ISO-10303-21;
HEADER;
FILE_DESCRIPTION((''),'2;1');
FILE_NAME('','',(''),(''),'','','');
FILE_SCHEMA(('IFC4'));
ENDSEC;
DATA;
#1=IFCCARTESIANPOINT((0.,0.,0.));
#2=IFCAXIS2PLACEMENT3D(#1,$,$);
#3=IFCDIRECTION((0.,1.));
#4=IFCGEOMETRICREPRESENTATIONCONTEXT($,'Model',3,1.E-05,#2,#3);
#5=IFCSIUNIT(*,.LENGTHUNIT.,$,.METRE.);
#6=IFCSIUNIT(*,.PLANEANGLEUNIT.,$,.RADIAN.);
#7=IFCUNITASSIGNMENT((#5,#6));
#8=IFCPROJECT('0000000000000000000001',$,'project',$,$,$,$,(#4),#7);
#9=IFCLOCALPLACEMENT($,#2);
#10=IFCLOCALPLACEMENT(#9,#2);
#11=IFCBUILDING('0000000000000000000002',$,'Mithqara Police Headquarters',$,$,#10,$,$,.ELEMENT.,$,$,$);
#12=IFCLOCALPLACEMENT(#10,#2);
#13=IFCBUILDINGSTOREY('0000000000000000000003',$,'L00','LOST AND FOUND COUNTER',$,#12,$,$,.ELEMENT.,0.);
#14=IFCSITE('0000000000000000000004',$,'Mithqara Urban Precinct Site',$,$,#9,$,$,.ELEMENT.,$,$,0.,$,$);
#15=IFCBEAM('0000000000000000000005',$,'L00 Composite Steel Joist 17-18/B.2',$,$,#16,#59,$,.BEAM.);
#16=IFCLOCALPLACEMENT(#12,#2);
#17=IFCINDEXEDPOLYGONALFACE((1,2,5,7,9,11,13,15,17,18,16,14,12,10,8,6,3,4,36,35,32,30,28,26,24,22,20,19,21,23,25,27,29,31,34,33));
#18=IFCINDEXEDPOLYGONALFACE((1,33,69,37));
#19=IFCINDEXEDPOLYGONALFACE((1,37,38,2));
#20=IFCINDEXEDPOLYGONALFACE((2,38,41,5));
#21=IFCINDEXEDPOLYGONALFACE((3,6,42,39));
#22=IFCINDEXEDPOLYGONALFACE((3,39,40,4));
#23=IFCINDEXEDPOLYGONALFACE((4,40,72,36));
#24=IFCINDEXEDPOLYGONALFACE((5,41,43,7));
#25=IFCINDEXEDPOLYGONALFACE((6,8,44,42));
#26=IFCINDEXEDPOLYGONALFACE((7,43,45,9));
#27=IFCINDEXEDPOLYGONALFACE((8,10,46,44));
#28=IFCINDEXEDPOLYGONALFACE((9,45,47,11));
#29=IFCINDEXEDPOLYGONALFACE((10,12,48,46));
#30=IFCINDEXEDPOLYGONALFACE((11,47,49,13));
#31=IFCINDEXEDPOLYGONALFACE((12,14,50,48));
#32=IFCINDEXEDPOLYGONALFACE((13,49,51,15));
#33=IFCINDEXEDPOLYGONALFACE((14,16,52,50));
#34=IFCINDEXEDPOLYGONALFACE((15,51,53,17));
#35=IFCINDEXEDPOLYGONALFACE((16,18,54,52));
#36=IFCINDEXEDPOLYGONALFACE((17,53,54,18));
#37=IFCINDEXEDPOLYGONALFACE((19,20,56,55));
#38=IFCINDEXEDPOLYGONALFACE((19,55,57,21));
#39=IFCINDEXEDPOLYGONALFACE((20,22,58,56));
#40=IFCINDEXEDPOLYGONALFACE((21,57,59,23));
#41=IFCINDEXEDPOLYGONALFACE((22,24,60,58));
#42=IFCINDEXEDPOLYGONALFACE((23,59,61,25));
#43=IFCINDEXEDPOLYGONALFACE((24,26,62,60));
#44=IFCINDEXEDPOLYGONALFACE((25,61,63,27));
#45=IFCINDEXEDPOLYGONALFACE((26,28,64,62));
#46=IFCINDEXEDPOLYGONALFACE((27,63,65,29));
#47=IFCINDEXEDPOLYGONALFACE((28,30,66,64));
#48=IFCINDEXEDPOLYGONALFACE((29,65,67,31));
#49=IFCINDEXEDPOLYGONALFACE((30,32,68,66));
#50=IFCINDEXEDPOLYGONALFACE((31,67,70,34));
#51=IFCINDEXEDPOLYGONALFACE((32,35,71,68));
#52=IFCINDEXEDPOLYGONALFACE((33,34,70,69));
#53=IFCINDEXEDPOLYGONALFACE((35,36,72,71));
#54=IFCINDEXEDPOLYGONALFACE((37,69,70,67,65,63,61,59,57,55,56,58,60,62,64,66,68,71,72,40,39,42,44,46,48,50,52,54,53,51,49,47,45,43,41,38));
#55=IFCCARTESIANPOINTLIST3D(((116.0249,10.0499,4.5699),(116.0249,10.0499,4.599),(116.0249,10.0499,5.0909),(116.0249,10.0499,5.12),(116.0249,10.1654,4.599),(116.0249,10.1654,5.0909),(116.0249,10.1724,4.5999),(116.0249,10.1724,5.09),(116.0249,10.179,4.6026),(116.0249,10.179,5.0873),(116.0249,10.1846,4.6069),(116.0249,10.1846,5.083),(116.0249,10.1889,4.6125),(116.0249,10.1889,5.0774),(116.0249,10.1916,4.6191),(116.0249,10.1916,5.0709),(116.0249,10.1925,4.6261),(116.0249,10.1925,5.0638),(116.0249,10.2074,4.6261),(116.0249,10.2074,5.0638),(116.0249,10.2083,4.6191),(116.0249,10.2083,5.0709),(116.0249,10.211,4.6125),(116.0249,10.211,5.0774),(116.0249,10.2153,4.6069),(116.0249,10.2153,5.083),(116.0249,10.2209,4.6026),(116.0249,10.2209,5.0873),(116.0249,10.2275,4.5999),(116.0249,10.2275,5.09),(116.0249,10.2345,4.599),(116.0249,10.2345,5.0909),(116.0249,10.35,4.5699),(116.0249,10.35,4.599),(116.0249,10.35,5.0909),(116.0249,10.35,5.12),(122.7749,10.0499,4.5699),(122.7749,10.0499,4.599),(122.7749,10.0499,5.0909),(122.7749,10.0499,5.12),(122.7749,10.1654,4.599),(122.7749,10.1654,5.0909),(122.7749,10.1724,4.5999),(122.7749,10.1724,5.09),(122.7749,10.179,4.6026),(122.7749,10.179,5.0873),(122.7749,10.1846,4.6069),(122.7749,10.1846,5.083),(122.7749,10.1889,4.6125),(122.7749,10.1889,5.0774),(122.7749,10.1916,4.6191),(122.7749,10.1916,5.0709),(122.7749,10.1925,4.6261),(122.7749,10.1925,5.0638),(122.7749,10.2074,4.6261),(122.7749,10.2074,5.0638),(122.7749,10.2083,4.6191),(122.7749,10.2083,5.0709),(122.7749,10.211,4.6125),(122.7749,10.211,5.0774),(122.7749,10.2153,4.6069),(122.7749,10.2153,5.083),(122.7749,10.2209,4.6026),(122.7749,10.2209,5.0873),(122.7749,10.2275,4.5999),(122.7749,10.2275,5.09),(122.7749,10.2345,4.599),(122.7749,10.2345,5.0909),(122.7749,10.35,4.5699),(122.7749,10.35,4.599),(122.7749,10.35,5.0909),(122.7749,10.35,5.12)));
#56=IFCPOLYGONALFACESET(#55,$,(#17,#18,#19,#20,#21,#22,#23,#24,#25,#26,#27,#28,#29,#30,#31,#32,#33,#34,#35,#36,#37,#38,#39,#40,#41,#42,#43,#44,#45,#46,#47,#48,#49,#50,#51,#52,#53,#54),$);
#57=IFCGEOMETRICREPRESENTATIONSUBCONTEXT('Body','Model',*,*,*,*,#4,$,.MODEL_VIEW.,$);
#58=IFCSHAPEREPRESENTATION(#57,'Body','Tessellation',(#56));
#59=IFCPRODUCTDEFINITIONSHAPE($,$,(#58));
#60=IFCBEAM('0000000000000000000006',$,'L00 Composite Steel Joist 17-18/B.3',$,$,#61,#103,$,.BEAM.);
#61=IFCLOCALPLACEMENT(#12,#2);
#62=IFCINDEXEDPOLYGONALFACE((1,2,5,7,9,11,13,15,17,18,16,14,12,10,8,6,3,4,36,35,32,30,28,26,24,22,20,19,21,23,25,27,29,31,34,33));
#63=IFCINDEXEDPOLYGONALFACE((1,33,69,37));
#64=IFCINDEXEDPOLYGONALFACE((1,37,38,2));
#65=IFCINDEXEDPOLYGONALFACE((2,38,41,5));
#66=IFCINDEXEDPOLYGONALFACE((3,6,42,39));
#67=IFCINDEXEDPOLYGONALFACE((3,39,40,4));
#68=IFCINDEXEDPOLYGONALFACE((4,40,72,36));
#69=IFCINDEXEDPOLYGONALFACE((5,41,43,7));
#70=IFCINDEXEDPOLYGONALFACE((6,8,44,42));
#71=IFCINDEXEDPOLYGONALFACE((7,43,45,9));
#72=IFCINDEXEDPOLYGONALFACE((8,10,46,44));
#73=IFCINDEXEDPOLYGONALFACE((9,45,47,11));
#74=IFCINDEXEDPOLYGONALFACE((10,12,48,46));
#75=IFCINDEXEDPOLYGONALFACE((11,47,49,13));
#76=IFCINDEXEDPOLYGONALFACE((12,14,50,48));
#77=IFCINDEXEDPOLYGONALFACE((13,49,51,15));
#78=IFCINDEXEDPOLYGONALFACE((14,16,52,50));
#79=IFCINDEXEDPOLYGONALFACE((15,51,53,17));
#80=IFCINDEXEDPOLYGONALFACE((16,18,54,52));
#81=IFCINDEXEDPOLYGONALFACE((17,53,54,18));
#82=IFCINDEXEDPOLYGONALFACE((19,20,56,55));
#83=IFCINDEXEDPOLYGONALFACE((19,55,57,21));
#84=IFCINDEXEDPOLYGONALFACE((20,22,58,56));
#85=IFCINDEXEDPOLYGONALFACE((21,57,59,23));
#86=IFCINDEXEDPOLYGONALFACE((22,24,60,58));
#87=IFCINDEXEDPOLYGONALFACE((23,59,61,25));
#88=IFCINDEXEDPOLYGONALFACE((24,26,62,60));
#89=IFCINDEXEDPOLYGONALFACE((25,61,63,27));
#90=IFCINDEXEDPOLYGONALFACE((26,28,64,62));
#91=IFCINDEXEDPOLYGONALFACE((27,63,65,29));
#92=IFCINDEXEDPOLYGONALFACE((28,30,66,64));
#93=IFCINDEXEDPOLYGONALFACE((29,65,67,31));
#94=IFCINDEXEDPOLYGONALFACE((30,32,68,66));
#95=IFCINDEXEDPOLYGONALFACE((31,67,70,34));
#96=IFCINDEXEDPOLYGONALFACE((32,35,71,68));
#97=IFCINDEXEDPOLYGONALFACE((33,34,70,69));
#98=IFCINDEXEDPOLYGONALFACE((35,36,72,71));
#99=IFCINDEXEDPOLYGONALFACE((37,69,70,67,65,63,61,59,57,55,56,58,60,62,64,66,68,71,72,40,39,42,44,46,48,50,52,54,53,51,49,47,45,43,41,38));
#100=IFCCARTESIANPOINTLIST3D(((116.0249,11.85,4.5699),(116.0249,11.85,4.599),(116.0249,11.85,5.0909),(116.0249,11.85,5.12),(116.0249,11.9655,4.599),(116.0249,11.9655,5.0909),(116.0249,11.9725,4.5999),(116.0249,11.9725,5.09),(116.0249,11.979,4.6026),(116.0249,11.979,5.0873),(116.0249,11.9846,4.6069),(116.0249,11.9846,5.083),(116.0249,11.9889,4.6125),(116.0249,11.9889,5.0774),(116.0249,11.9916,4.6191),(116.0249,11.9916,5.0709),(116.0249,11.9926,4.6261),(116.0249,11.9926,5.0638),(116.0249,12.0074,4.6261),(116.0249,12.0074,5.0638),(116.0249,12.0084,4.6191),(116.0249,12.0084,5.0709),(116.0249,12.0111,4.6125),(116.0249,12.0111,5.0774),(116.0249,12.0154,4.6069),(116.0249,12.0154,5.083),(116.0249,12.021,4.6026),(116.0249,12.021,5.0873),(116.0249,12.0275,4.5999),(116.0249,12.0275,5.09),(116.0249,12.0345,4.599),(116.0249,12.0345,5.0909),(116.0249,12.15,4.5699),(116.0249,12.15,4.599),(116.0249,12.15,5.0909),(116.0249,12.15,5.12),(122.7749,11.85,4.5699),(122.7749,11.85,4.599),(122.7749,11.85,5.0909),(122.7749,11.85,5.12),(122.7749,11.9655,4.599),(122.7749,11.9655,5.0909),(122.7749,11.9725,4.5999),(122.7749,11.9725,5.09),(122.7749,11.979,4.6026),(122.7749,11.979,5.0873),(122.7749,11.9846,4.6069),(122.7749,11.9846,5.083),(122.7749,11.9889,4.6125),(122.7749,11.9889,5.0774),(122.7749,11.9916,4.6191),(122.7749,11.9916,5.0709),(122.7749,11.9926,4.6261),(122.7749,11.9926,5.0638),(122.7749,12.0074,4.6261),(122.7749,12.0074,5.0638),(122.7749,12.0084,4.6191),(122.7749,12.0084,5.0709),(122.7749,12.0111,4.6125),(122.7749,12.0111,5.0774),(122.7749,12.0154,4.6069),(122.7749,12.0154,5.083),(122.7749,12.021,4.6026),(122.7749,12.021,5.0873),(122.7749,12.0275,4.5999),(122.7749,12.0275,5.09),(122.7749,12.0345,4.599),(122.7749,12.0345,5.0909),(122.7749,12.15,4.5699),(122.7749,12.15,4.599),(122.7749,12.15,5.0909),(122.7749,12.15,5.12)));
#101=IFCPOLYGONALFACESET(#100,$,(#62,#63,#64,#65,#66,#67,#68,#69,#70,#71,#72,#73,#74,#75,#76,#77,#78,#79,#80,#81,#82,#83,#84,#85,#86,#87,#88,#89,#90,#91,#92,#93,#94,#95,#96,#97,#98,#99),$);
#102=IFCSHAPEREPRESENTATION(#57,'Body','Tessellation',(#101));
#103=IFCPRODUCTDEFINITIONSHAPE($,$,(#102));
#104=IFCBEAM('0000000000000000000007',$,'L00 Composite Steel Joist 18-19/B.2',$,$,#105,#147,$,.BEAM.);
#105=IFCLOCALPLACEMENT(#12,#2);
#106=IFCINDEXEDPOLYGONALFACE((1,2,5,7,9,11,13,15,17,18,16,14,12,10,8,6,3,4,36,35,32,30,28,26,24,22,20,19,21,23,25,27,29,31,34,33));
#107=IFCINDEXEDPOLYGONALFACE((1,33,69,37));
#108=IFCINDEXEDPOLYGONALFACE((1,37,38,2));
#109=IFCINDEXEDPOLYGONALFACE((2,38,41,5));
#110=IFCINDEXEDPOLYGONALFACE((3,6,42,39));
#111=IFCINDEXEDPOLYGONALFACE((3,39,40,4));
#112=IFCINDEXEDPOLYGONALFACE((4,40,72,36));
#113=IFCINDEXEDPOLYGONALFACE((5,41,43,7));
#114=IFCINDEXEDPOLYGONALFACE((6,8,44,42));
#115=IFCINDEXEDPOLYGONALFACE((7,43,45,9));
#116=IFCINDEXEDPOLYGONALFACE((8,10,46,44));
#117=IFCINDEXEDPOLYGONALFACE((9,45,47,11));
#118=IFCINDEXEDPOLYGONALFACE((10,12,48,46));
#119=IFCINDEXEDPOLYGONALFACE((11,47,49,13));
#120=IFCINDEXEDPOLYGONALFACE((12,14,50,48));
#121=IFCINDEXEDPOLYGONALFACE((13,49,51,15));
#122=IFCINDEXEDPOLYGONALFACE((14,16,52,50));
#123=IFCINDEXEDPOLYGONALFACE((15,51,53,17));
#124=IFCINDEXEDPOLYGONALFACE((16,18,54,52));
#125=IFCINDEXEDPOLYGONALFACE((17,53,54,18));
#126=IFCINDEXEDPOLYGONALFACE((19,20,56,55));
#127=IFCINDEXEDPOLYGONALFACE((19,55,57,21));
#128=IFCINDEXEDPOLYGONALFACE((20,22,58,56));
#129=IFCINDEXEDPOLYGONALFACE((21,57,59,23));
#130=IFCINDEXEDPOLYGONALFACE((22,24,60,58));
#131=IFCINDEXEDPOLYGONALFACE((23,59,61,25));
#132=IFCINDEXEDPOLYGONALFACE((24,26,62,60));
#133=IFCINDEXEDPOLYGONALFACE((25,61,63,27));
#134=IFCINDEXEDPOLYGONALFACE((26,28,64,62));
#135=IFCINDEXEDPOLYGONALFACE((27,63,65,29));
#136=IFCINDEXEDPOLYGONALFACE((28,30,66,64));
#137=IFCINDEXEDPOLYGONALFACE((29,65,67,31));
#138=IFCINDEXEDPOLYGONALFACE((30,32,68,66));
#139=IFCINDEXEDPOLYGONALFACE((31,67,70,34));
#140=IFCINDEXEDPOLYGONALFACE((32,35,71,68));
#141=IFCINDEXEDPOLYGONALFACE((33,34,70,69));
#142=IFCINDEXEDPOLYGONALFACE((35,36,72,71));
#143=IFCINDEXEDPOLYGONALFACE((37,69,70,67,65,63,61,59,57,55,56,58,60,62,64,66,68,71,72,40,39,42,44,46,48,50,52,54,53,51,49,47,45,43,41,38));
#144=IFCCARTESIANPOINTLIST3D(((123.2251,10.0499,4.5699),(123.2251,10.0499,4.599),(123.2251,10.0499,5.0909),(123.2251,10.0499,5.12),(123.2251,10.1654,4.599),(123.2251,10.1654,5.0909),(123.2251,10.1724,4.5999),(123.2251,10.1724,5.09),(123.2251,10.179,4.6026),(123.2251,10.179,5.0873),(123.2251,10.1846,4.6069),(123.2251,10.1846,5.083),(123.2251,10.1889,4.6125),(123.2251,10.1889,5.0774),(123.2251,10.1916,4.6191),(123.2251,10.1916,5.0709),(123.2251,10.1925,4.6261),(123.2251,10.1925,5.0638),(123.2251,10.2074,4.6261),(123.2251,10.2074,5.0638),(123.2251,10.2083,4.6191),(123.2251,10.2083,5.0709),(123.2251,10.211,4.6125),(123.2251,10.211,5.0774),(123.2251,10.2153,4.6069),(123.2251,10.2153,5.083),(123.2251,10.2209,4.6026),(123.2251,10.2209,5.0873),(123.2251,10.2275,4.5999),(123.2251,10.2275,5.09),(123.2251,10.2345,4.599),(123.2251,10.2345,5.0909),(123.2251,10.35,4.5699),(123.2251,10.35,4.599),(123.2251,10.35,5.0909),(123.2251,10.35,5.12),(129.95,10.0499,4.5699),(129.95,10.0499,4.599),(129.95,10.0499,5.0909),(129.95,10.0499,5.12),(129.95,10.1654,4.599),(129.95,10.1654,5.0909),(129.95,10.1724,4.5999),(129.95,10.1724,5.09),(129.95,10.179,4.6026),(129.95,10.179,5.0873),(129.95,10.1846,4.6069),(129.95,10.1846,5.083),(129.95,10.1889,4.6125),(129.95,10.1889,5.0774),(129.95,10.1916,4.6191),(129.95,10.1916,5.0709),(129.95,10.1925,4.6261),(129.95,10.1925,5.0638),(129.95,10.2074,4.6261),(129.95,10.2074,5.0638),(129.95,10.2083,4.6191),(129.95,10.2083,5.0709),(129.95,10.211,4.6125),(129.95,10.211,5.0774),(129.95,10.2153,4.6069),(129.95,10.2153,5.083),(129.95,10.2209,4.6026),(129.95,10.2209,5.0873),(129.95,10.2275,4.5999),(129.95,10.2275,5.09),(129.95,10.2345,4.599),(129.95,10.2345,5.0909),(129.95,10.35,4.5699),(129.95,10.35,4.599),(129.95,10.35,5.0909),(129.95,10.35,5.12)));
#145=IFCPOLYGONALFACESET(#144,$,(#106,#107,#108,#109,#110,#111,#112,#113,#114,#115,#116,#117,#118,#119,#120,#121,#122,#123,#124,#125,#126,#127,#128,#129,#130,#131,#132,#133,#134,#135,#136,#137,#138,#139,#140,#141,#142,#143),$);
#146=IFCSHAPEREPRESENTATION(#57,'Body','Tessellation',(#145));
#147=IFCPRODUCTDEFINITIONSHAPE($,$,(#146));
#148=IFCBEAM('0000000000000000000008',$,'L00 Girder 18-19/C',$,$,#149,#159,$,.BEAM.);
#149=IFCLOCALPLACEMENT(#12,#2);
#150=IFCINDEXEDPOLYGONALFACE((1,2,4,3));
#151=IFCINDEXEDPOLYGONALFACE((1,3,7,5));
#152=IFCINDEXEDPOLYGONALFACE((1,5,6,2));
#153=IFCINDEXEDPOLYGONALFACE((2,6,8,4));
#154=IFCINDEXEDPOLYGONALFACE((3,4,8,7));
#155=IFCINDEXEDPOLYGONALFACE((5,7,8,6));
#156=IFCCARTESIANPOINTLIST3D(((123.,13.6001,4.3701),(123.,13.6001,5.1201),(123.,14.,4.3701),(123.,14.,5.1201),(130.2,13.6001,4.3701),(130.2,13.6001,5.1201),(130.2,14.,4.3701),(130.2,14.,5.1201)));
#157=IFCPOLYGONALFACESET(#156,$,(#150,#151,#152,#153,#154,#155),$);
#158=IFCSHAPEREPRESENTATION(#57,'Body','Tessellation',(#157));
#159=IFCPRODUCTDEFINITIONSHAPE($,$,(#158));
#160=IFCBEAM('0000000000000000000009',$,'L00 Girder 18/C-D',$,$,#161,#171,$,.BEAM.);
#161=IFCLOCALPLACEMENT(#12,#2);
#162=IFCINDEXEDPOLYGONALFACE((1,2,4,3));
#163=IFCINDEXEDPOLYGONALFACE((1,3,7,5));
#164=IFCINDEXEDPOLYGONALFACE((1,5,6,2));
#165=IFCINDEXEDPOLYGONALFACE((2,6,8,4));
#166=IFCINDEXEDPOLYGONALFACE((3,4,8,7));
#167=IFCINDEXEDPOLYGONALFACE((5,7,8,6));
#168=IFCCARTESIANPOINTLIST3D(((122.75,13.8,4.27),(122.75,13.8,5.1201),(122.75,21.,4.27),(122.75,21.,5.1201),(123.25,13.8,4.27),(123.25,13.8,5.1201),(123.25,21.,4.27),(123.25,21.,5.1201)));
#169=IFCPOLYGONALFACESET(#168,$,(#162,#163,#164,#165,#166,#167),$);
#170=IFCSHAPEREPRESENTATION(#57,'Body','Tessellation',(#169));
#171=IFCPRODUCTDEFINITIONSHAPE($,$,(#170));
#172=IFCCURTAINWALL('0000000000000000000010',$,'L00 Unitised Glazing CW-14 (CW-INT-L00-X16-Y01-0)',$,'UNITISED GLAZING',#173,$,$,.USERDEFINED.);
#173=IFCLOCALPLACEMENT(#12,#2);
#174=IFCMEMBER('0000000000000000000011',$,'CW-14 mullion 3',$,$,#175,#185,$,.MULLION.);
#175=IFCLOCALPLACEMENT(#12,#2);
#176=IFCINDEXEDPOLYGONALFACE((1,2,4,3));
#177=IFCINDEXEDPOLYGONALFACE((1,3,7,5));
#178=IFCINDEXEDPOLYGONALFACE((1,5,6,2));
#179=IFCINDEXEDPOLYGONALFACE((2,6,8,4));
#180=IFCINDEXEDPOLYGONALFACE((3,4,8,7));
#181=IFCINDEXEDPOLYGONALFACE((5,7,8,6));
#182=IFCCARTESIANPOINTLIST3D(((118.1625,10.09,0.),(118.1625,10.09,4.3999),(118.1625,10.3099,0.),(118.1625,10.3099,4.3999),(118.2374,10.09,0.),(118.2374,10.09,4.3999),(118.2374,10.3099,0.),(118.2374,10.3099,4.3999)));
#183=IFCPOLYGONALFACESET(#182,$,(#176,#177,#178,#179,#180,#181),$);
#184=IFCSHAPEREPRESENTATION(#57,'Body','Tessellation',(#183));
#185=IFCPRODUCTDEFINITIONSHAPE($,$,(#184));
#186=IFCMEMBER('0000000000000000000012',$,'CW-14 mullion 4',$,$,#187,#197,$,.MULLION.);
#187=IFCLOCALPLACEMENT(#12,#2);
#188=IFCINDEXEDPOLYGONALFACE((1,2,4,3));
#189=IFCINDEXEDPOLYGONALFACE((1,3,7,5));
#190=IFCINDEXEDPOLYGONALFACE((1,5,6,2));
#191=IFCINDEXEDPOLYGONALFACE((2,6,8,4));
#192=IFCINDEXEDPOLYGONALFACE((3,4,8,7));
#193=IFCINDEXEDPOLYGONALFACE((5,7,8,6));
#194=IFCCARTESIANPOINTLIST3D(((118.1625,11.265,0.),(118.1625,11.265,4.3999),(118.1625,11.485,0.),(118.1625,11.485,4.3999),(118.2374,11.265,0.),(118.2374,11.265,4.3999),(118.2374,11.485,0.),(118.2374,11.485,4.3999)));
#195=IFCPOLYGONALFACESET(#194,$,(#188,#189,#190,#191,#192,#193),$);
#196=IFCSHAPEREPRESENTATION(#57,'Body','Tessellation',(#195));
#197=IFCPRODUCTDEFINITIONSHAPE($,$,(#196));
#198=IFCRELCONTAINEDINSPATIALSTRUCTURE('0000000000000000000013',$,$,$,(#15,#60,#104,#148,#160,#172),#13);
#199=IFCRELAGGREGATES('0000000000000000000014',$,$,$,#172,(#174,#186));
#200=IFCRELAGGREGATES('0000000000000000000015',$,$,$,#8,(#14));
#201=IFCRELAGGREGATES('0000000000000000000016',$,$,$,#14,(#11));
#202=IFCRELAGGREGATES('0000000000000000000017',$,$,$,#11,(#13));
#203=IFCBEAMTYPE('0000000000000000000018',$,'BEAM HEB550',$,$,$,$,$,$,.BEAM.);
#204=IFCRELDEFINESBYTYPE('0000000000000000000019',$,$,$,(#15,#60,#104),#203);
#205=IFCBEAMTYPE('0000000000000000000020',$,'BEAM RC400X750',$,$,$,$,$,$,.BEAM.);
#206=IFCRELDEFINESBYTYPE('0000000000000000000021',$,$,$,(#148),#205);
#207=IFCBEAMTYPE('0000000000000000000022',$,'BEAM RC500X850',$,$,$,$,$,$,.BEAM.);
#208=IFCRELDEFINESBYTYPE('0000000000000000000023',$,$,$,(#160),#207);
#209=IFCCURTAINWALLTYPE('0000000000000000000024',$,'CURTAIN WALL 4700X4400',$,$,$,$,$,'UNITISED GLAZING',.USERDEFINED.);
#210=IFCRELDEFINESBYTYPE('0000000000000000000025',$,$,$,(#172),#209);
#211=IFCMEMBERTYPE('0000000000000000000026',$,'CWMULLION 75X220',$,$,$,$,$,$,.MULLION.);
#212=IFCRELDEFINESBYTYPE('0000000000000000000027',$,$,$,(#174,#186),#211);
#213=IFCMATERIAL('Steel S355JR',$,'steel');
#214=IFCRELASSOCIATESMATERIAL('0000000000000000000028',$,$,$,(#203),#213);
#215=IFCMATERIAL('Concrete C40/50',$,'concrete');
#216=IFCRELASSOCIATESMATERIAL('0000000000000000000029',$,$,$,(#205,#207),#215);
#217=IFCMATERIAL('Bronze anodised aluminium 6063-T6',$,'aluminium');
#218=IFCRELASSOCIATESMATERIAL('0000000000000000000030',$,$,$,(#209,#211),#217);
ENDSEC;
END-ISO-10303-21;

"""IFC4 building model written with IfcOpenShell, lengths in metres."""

from ifc_helpers import new_model, si_unit, direction, frame, origin, origin_2d, place, context, subcontext, project, spatial, rectangle, i_section, extrude, material, material_profile, profile_set, type_object, element, aggregate, save


model = new_model("IFC4")

# Units and contexts
model_context = context("Model", 3, precision=1e-05, world=origin(), true_north=direction((0.0, 1.0)))
body_context = subcontext(model_context, "Body", "Model", "MODEL_VIEW")
ifc_project = project(units=[si_unit("LENGTHUNIT", "METRE"), si_unit("PLANEANGLEUNIT", "RADIAN")], contexts=[model_context])

# Site, building, storey
site_placement = place(None, origin())
site = spatial("IfcSite", under=ifc_project, at=site_placement, Name="Mithqara Urban Precinct Site", CompositionType="ELEMENT", RefElevation=0.0)
building_placement = place(site_placement, origin())
building = spatial("IfcBuilding", under=site, at=building_placement, Name="Mithqara Police Headquarters", CompositionType="ELEMENT")
storey_placement = place(building_placement, origin())
storey = spatial("IfcBuildingStorey", under=building, at=storey_placement, Name="L00", Description="LOST AND FOUND COUNTER", CompositionType="ELEMENT", Elevation=0.0)

# Shared definitions
ifc_material_1 = material(Name="Concrete C40/50", Category="concrete")

# Beams
ifc_material_2 = material(Name="Steel S355JR", Category="steel")
ifc_material_profile_1 = material_profile(ifc_material_2, i_section(OverallWidth=0.3, OverallDepth=0.55, WebThickness=0.0149, FlangeThickness=0.0291, FilletRadius=0.0271, at=origin_2d()), Name="HEB 550")
ifc_profile_set_1 = profile_set([ifc_material_profile_1], Name="Steel S355JR")
beam_type_1 = type_object("IfcBeamType", Name="BEAM HEB550", PredefinedType="BEAM", material=ifc_profile_set_1)
for number, where, z_axis, x_axis, name in (
    (1, (116.0249, 10.2, 4.845), (1.0, 0.0, 0.0), (0.0, 1.0, 0.0), "L00 Composite Steel Joist 17-18/B.2"),
    (2, (116.0249, 12.0, 4.845), (1.0, 0.0, 0.0), (0.0, 1.0, 0.0), "L00 Composite Steel Joist 17-18/B.3"),
):
    element("IfcBeam", number, at=place(storey_placement, frame(where, z_axis=z_axis, x_axis=x_axis)), inside=storey, type_object=beam_type_1, Name=name, PredefinedType="BEAM", context=body_context, shape_type="SweptSolid", body=[
        extrude(i_section(OverallWidth=0.3, OverallDepth=0.55, WebThickness=0.0149, FlangeThickness=0.0291, FilletRadius=0.0271, at=origin_2d()), origin(), (0.0, 0.0, 1.0), 6.75),
    ])
beam_1_placement = place(storey_placement, frame((123.2251, 10.2, 4.845), z_axis=(1.0, 0.0, 0.0), x_axis=(0.0, 1.0, 0.0)))
element("IfcBeam", 3, at=beam_1_placement, inside=storey, type_object=beam_type_1, Name="L00 Composite Steel Joist 18-19/B.2", PredefinedType="BEAM", context=body_context, shape_type="SweptSolid", body=[
    extrude(i_section(OverallWidth=0.3, OverallDepth=0.55, WebThickness=0.0149, FlangeThickness=0.0291, FilletRadius=0.0271, at=origin_2d()), origin(), (0.0, 0.0, 1.0), 6.7249),
])
ifc_material_profile_2 = material_profile(ifc_material_1, rectangle(XDim=0.3999, YDim=0.75, at=origin_2d()), Name="RC 400x750")
ifc_profile_set_2 = profile_set([ifc_material_profile_2], Name="Concrete C40/50")
beam_type_2 = type_object("IfcBeamType", Name="BEAM RC400X750", PredefinedType="BEAM", material=ifc_profile_set_2)
beam_2_placement = place(storey_placement, frame((123.0, 13.8, 4.7451), z_axis=(1.0, 0.0, 0.0), x_axis=(0.0, 1.0, 0.0)))
element("IfcBeam", 4, at=beam_2_placement, inside=storey, type_object=beam_type_2, Name="L00 Girder 18-19/C", PredefinedType="BEAM", context=body_context, shape_type="SweptSolid", body=[
    extrude(rectangle(XDim=0.3999, YDim=0.75, at=origin_2d()), origin(), (0.0, 0.0, 1.0), 7.2),
])
ifc_material_profile_3 = material_profile(ifc_material_1, rectangle(XDim=0.5, YDim=0.8501, at=origin_2d()), Name="RC 500x850")
ifc_profile_set_3 = profile_set([ifc_material_profile_3], Name="Concrete C40/50")
beam_type_3 = type_object("IfcBeamType", Name="BEAM RC500X850", PredefinedType="BEAM", material=ifc_profile_set_3)
beam_3_placement = place(storey_placement, frame((123.0, 13.8, 4.6951), z_axis=(0.0, 1.0, 0.0), x_axis=(-1.0, 0.0, 0.0)))
element("IfcBeam", 5, at=beam_3_placement, inside=storey, type_object=beam_type_3, Name="L00 Girder 18/C-D", PredefinedType="BEAM", context=body_context, shape_type="SweptSolid", body=[
    extrude(rectangle(XDim=0.5, YDim=0.8501, at=origin_2d()), origin(), (0.0, 0.0, 1.0), 7.2),
])

# Curtain wall, members
ifc_material_3 = material(Name="Bronze anodised aluminium 6063-T6", Category="aluminium")
curtain_wall_type = type_object("IfcCurtainWallType", Name="CURTAIN WALL 4700X4400", ElementType="UNITISED GLAZING", PredefinedType="USERDEFINED", material=ifc_material_3)
curtain_wall_placement = place(storey_placement, origin())
curtain_wall = element("IfcCurtainWall", 6, at=curtain_wall_placement, inside=storey, type_object=curtain_wall_type, Name="L00 Unitised Glazing CW-14 (CW-INT-L00-X16-Y01-0)", ObjectType="UNITISED GLAZING", PredefinedType="USERDEFINED")
ifc_material_profile_4 = material_profile(ifc_material_3, rectangle(XDim=0.075, YDim=0.22, at=origin_2d()), Name="CWM 75x220")
ifc_profile_set_4 = profile_set([ifc_material_profile_4], Name="Bronze anodised aluminium 6063-T6")
member_type_1 = type_object("IfcMemberType", Name="CWMULLION 75X220", PredefinedType="MULLION", material=ifc_profile_set_4)
member_1_placement = place(storey_placement, frame((118.2, 10.2, 0.0), z_axis=(0.0, 0.0, 1.0), x_axis=(-1.0, 0.0, 0.0)))
member_1 = element("IfcMember", 7, at=member_1_placement, type_object=member_type_1, Name="CW-14 mullion 3", PredefinedType="MULLION", context=body_context, shape_type="SweptSolid", body=[
    extrude(rectangle(XDim=0.075, YDim=0.22, at=origin_2d()), origin(), (0.0, 0.0, 1.0), 4.3999),
])
member_2_placement = place(storey_placement, frame((118.2, 11.375, 0.0), z_axis=(0.0, 0.0, 1.0), x_axis=(-1.0, 0.0, 0.0)))
member_2 = element("IfcMember", 8, at=member_2_placement, type_object=member_type_1, Name="CW-14 mullion 4", PredefinedType="MULLION", context=body_context, shape_type="SweptSolid", body=[
    extrude(rectangle(XDim=0.075, YDim=0.22, at=origin_2d()), origin(), (0.0, 0.0, 1.0), 4.3999),
])
aggregate(curtain_wall, [member_1, member_2])

save(model, "model.ifc")
